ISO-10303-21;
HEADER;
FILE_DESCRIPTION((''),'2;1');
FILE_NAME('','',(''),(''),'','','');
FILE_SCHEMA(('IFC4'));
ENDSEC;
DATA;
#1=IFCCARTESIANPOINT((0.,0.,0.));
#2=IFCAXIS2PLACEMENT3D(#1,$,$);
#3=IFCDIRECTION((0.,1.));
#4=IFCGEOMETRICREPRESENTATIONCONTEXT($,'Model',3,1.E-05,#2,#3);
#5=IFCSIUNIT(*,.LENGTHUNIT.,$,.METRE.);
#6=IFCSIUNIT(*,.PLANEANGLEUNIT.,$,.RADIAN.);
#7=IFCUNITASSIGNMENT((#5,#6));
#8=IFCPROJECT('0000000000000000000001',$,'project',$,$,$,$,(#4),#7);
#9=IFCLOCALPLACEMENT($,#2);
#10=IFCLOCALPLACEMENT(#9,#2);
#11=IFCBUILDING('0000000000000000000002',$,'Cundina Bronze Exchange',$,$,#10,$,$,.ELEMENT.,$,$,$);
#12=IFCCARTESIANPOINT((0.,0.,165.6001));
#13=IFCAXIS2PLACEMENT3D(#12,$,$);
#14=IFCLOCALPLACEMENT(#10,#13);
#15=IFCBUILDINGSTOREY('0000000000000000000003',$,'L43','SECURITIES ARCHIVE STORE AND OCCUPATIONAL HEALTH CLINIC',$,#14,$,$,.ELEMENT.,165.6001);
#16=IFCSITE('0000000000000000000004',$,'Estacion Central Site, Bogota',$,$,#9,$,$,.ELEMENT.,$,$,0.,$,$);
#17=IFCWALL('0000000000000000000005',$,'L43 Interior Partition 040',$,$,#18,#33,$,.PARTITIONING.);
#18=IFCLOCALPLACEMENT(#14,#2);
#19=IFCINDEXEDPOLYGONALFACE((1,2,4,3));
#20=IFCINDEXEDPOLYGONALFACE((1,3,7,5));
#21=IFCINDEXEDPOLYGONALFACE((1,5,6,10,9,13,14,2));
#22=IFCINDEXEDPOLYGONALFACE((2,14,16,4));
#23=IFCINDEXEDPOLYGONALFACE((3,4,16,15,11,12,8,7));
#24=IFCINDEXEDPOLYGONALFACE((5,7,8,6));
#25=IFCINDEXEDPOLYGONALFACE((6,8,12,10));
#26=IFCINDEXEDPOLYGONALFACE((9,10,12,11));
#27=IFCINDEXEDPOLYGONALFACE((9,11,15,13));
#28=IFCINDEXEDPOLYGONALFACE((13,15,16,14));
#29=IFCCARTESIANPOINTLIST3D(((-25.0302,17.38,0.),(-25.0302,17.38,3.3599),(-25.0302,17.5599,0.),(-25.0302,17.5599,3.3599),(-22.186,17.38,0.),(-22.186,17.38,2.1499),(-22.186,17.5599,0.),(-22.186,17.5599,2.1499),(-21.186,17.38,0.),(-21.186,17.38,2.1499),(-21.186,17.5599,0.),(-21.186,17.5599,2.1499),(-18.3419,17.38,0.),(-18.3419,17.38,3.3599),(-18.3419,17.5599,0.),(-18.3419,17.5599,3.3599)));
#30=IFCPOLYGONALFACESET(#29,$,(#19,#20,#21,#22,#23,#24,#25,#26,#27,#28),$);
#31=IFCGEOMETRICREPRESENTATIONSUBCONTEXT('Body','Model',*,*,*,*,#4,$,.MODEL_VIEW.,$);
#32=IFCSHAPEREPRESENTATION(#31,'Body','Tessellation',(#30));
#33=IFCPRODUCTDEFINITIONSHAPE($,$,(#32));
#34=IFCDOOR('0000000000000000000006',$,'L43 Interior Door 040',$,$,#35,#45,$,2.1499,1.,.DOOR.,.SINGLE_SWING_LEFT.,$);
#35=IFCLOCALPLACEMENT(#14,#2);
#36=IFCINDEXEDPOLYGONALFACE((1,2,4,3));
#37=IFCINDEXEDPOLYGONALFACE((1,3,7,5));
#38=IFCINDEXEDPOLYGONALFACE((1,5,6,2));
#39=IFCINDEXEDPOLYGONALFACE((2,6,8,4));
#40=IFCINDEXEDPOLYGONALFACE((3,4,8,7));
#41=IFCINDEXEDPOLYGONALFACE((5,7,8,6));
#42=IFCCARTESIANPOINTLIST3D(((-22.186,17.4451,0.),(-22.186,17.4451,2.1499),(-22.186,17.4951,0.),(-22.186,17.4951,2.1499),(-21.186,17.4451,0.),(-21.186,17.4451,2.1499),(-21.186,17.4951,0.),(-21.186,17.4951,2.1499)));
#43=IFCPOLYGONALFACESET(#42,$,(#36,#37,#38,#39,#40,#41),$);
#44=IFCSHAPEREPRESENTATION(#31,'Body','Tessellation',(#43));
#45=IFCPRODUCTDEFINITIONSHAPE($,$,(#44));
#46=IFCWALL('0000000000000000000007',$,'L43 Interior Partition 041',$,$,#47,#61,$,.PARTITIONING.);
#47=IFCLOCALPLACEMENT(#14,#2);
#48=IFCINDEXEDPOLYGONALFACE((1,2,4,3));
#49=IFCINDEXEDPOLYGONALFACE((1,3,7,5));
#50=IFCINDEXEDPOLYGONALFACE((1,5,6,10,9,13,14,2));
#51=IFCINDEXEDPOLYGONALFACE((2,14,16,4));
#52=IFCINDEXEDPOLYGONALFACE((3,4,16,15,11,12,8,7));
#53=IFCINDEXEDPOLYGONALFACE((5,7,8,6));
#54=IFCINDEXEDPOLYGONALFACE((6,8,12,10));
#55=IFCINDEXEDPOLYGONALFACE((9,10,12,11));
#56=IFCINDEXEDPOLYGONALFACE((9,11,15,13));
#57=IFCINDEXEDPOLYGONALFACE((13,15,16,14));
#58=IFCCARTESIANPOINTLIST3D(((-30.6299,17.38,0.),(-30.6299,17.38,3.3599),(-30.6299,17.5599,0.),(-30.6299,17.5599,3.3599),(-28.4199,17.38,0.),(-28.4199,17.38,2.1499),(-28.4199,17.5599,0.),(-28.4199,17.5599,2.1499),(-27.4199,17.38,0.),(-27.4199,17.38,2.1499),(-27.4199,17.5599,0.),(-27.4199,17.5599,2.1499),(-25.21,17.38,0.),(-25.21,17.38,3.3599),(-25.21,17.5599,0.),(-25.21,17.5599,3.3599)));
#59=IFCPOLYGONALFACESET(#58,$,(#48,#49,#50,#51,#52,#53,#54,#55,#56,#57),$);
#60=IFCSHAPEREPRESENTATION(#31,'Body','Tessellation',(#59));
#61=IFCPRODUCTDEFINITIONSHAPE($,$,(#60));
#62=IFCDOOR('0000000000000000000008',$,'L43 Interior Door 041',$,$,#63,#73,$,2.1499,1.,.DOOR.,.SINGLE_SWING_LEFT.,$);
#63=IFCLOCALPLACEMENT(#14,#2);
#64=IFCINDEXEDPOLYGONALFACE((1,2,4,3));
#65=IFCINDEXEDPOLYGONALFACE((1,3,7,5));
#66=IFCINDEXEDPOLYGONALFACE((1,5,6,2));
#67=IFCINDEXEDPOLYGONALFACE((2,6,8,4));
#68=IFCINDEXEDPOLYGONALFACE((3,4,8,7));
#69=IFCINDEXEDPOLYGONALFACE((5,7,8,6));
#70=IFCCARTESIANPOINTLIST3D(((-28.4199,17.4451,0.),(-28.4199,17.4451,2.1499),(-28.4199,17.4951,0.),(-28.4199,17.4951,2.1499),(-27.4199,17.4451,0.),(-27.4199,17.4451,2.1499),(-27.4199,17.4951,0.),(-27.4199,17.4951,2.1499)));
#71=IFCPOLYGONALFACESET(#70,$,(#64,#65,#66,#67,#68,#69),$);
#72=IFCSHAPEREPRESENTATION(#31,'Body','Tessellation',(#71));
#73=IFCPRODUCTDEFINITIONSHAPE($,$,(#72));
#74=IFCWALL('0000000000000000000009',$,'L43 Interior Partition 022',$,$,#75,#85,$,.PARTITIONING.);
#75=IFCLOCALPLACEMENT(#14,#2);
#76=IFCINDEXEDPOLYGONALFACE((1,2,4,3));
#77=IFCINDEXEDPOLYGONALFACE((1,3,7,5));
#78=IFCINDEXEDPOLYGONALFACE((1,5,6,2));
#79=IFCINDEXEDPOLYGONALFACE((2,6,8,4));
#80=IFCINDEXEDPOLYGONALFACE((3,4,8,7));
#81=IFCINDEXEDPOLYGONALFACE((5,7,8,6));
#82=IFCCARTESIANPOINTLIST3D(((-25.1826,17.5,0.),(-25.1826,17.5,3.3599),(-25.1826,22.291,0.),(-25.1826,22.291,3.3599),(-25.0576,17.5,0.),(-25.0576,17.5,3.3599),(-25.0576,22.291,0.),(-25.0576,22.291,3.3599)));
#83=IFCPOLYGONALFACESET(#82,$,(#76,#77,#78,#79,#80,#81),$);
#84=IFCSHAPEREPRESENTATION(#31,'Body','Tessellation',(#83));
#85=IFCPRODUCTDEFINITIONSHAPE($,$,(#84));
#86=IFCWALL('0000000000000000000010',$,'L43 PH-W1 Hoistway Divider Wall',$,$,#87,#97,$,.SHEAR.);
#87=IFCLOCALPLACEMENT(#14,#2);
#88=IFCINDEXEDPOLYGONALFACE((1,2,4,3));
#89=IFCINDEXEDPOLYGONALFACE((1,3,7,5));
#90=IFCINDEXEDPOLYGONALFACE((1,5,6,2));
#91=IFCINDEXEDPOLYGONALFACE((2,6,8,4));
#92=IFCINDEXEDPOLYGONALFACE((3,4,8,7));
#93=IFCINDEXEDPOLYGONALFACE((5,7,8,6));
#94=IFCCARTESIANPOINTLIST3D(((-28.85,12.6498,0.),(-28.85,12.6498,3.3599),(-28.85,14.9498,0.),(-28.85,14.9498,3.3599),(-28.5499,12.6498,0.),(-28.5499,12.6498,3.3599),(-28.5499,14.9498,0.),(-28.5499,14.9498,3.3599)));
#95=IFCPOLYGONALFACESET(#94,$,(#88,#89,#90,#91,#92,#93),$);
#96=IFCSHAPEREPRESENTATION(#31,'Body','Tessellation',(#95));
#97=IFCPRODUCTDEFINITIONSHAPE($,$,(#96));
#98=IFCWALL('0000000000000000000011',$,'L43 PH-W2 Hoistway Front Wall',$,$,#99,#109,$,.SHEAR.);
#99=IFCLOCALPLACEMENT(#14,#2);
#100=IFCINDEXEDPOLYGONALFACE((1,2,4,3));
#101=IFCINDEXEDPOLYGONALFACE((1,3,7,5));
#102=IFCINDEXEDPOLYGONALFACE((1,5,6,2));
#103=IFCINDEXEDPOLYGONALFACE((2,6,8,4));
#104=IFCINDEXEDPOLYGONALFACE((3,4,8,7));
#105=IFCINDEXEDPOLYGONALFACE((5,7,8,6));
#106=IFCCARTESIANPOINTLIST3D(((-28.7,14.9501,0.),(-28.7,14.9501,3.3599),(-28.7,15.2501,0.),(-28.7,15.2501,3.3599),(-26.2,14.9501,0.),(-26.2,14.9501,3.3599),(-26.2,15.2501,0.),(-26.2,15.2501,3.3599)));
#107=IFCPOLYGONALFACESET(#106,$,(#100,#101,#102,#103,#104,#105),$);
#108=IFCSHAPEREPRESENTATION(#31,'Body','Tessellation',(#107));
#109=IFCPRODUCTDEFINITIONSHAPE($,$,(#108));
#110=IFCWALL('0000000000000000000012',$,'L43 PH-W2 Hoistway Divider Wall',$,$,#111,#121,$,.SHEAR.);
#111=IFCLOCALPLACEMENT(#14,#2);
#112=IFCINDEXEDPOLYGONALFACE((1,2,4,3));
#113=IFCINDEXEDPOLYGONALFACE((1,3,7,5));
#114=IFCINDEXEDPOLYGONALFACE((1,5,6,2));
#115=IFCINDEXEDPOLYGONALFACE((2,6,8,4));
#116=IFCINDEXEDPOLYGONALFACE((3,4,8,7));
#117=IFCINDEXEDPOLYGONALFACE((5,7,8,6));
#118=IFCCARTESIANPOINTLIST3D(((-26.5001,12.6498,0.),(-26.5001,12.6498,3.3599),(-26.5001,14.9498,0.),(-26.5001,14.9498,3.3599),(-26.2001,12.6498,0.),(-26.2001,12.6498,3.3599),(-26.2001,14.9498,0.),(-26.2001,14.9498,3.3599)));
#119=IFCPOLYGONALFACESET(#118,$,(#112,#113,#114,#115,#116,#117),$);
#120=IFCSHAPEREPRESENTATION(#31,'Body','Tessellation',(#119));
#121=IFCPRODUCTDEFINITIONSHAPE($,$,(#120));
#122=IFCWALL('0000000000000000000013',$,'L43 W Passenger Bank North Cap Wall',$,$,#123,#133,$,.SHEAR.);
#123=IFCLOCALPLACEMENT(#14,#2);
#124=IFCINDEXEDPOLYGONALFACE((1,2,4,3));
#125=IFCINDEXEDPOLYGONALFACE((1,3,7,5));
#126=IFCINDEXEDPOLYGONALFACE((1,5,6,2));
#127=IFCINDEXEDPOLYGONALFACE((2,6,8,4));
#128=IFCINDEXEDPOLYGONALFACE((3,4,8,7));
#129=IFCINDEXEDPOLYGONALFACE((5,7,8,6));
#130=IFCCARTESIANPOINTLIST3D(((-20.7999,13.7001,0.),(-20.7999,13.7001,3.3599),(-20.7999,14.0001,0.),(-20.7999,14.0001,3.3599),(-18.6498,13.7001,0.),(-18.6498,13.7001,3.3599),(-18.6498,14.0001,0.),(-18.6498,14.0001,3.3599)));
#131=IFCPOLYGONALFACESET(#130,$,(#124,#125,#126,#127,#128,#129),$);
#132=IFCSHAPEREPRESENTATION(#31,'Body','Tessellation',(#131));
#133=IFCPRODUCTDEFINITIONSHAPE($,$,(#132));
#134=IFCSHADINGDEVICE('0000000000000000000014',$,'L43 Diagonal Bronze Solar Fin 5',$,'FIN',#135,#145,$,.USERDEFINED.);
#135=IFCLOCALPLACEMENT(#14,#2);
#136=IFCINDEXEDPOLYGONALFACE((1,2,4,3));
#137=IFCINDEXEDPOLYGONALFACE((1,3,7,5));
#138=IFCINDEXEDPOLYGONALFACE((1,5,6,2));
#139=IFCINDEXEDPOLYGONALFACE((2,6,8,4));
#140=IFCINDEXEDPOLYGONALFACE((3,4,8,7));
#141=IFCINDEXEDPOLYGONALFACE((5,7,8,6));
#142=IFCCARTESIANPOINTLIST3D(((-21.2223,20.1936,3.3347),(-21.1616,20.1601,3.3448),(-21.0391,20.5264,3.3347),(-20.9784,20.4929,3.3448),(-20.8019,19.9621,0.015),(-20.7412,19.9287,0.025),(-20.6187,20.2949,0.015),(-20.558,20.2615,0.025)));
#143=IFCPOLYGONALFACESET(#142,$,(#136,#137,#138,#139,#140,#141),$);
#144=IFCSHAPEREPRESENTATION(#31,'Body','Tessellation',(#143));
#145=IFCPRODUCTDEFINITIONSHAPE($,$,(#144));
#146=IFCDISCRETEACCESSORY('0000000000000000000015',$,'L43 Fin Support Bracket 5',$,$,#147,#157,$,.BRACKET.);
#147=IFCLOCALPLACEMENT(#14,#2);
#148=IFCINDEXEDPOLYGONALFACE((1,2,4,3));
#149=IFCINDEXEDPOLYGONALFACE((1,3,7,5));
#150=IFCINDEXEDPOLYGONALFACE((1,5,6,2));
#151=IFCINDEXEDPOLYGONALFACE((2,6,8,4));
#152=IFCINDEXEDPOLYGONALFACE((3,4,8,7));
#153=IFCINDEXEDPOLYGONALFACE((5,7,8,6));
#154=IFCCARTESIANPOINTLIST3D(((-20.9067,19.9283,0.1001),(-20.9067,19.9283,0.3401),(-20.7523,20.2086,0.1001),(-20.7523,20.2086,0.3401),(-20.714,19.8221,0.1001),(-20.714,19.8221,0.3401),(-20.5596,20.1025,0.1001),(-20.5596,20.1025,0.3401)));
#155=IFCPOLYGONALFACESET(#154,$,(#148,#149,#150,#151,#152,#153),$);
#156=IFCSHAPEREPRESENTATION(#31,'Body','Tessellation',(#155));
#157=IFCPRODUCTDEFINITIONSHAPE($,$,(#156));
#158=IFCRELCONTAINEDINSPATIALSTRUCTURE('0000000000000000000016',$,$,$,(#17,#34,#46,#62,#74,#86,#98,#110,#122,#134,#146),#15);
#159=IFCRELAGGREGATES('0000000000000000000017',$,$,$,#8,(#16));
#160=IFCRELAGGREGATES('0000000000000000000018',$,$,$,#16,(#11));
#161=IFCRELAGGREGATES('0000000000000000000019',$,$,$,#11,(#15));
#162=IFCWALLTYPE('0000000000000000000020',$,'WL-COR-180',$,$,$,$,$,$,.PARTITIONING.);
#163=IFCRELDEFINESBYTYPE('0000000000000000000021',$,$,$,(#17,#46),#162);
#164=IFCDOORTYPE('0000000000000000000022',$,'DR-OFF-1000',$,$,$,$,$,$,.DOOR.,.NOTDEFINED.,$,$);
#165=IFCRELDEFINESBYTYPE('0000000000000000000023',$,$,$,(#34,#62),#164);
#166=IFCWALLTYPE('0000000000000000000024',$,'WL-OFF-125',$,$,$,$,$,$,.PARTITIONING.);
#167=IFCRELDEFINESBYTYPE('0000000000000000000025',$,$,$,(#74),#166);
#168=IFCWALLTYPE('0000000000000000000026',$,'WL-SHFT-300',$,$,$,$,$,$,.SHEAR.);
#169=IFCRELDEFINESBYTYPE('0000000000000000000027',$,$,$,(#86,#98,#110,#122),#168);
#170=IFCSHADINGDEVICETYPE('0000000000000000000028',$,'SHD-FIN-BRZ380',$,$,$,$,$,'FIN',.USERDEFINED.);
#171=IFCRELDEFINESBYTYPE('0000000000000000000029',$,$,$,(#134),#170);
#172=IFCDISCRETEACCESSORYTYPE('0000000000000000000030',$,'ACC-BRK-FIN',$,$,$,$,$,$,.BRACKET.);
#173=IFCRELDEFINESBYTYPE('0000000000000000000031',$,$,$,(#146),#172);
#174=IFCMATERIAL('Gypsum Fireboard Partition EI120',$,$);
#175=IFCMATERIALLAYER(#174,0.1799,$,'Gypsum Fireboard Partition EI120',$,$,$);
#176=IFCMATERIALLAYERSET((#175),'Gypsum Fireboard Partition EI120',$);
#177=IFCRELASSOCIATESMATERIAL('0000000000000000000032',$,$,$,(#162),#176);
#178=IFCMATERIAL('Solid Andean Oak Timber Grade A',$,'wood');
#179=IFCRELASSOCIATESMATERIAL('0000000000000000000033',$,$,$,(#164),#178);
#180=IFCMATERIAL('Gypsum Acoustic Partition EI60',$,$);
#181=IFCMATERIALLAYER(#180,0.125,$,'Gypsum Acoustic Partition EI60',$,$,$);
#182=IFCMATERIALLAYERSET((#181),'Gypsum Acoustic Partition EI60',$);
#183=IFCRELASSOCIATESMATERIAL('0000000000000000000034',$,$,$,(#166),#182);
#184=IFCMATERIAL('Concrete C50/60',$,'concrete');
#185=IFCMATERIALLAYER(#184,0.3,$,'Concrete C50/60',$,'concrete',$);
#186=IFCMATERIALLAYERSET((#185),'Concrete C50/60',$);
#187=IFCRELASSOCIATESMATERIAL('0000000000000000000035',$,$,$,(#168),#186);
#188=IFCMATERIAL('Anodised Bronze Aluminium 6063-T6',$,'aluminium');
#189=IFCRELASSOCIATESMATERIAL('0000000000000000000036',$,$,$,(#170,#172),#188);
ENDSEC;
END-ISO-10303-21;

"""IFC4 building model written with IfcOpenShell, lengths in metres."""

from ifc_helpers import new_model, si_unit, direction, frame, frame_2d, origin, origin_2d, place, context, subcontext, project, spatial, rectangle, extrude, material, layer, layer_set, material_profile, profile_set, type_object, element, fill, save


model = new_model("IFC4")

# Units and contexts
model_context = context("Model", 3, precision=1e-05, world=origin(), true_north=direction((0.0, 1.0)))
body_context = subcontext(model_context, "Body", "Model", "MODEL_VIEW")
ifc_project = project(units=[si_unit("LENGTHUNIT", "METRE"), si_unit("PLANEANGLEUNIT", "RADIAN")], contexts=[model_context])

# Site, building, storey
site_placement = place(None, origin())
site = spatial("IfcSite", under=ifc_project, at=site_placement, Name="Estacion Central Site, Bogota", CompositionType="ELEMENT", RefElevation=0.0)
building_placement = place(site_placement, origin())
building = spatial("IfcBuilding", under=site, at=building_placement, Name="Cundina Bronze Exchange", CompositionType="ELEMENT")
storey_placement = place(building_placement, frame((0.0, 0.0, 165.6001)))
storey = spatial("IfcBuildingStorey", under=building, at=storey_placement, Name="L43", Description="SECURITIES ARCHIVE STORE AND OCCUPATIONAL HEALTH CLINIC", CompositionType="ELEMENT", Elevation=165.6001)

# Shared definitions
ifc_material_1 = material(Name="Concrete C50/60", Category="concrete")

# Shared definitions
ifc_material_2 = material(Name="Anodised Bronze Aluminium 6063-T6", Category="aluminium")

# Shared definitions
ifc_material_3 = material(Name="Gypsum Fireboard Partition EI120")
ifc_layer_1 = layer(ifc_material_3, 0.1799, Name="Gypsum Fireboard Partition EI120")
ifc_layer_set_1 = layer_set([ifc_layer_1], Name="Gypsum Fireboard Partition EI120")
wall_type_1 = type_object("IfcWallType", Name="WL-COR-180", PredefinedType="PARTITIONING", material=ifc_layer_set_1)
ifc_material_4 = material(Name="Solid Andean Oak Timber Grade A", Category="wood")

# Walls, openings, doors
wall_1_placement = place(storey_placement, frame((-18.3418, 17.47, 0.0), z_axis=(0.0, 0.0, 1.0), x_axis=(-1.0, 0.0, 0.0)))
wall_1 = element("IfcWall", 1, at=wall_1_placement, inside=storey, type_object=wall_type_1, Name="L43 Interior Partition 040", PredefinedType="PARTITIONING", context=body_context, shape_type="SweptSolid", body=[
    extrude(rectangle(XDim=6.6882, YDim=0.1799, at=frame_2d((3.3442, 0.0))), origin(), (0.0, 0.0, 1.0), 3.3599),
])
opening_1_placement = place(wall_1_placement, frame((2.8442, 0.0, 0.0)))
opening_1 = element("IfcOpeningElement", 2, at=opening_1_placement, cuts=wall_1, PredefinedType="OPENING", context=body_context, shape_type="SweptSolid", body=[
    extrude(rectangle(XDim=1.0, YDim=2.1499, at=frame_2d((0.5, 1.075))), frame((0.0, 0.0999, 0.0), z_axis=(0.0, -1.0, 0.0), x_axis=(1.0, 0.0, 0.0)), (0.0, 0.0, 1.0), 0.2),
])
door_type_1 = type_object("IfcDoorType", Name="DR-OFF-1000", OperationType="NOTDEFINED", PredefinedType="DOOR", material=ifc_material_4)
door_1_placement = place(opening_1_placement, origin())
door_1 = element("IfcDoor", 3, at=door_1_placement, inside=storey, type_object=door_type_1, Name="L43 Interior Door 040", OperationType="SINGLE_SWING_LEFT", OverallHeight=2.1499, OverallWidth=1.0, PredefinedType="DOOR", context=body_context, shape_type="SweptSolid", body=[
    extrude(rectangle(XDim=1.0, YDim=2.1499, at=frame_2d((0.5, 1.075))), frame((0.0, 0.0249, 0.0), z_axis=(0.0, -1.0, 0.0), x_axis=(1.0, 0.0, 0.0)), (0.0, 0.0, 1.0), 0.05),
])
fill(opening_1, door_1)
wall_2_placement = place(storey_placement, frame((-25.21, 17.47, 0.0), z_axis=(0.0, 0.0, 1.0), x_axis=(-1.0, 0.0, 0.0)))
wall_2 = element("IfcWall", 4, at=wall_2_placement, inside=storey, type_object=wall_type_1, Name="L43 Interior Partition 041", PredefinedType="PARTITIONING", context=body_context, shape_type="SweptSolid", body=[
    extrude(rectangle(XDim=5.4199, YDim=0.1799, at=frame_2d((2.71, 0.0))), origin(), (0.0, 0.0, 1.0), 3.3599),
])
opening_2_placement = place(wall_2_placement, frame((2.21, 0.0, 0.0)))
opening_2 = element("IfcOpeningElement", 5, at=opening_2_placement, cuts=wall_2, PredefinedType="OPENING", context=body_context, shape_type="SweptSolid", body=[
    extrude(rectangle(XDim=1.0, YDim=2.1499, at=frame_2d((0.5, 1.075))), frame((0.0, 0.0999, 0.0), z_axis=(0.0, -1.0, 0.0), x_axis=(1.0, 0.0, 0.0)), (0.0, 0.0, 1.0), 0.2),
])
door_2_placement = place(opening_2_placement, origin())
door_2 = element("IfcDoor", 6, at=door_2_placement, inside=storey, type_object=door_type_1, Name="L43 Interior Door 041", OperationType="SINGLE_SWING_LEFT", OverallHeight=2.1499, OverallWidth=1.0, PredefinedType="DOOR", context=body_context, shape_type="SweptSolid", body=[
    extrude(rectangle(XDim=1.0, YDim=2.1499, at=frame_2d((0.5, 1.075))), frame((0.0, 0.0249, 0.0), z_axis=(0.0, -1.0, 0.0), x_axis=(1.0, 0.0, 0.0)), (0.0, 0.0, 1.0), 0.05),
])
fill(opening_2, door_2)

# Walls
ifc_material_5 = material(Name="Gypsum Acoustic Partition EI60")
ifc_layer_2 = layer(ifc_material_5, 0.125, Name="Gypsum Acoustic Partition EI60")
ifc_layer_set_2 = layer_set([ifc_layer_2], Name="Gypsum Acoustic Partition EI60")
wall_type_2 = type_object("IfcWallType", Name="WL-OFF-125", PredefinedType="PARTITIONING", material=ifc_layer_set_2)
wall_3_placement = place(storey_placement, frame((-25.1201, 17.5, 0.0), z_axis=(0.0, 0.0, 1.0), x_axis=(0.0, 1.0, 0.0)))
element("IfcWall", 7, at=wall_3_placement, inside=storey, type_object=wall_type_2, Name="L43 Interior Partition 022", PredefinedType="PARTITIONING", context=body_context, shape_type="SweptSolid", body=[
    extrude(rectangle(XDim=4.791, YDim=0.125, at=frame_2d((2.3955, 0.0))), origin(), (0.0, 0.0, 1.0), 3.3599),
])
ifc_layer_3 = layer(ifc_material_1, 0.3, Name="Concrete C50/60", Category="concrete")
ifc_layer_set_3 = layer_set([ifc_layer_3], Name="Concrete C50/60")
wall_type_3 = type_object("IfcWallType", Name="WL-SHFT-300", PredefinedType="SHEAR", material=ifc_layer_set_3)
wall_4_placement = place(storey_placement, frame((-28.7, 12.6499, 0.0), z_axis=(0.0, 0.0, 1.0), x_axis=(0.0, 1.0, 0.0)))
element("IfcWall", 8, at=wall_4_placement, inside=storey, type_object=wall_type_3, Name="L43 PH-W1 Hoistway Divider Wall", PredefinedType="SHEAR", context=body_context, shape_type="SweptSolid", body=[
    extrude(rectangle(XDim=2.3, YDim=0.3, at=frame_2d((1.1499, 0.0))), origin(), (0.0, 0.0, 1.0), 3.3599),
])
wall_5_placement = place(storey_placement, frame((-28.7, 15.1001, 0.0), z_axis=(0.0, 0.0, 1.0), x_axis=(1.0, 0.0, 0.0)))
element("IfcWall", 9, at=wall_5_placement, inside=storey, type_object=wall_type_3, Name="L43 PH-W2 Hoistway Front Wall", PredefinedType="SHEAR", context=body_context, shape_type="SweptSolid", body=[
    extrude(rectangle(XDim=2.5, YDim=0.3, at=frame_2d((1.25, 0.0))), origin(), (0.0, 0.0, 1.0), 3.3599),
])
wall_6_placement = place(storey_placement, frame((-26.3501, 12.6499, 0.0), z_axis=(0.0, 0.0, 1.0), x_axis=(0.0, 1.0, 0.0)))
element("IfcWall", 10, at=wall_6_placement, inside=storey, type_object=wall_type_3, Name="L43 PH-W2 Hoistway Divider Wall", PredefinedType="SHEAR", context=body_context, shape_type="SweptSolid", body=[
    extrude(rectangle(XDim=2.3, YDim=0.3, at=frame_2d((1.1499, 0.0))), origin(), (0.0, 0.0, 1.0), 3.3599),
])
wall_7_placement = place(storey_placement, frame((-20.8, 13.8501, 0.0), z_axis=(0.0, 0.0, 1.0), x_axis=(1.0, 0.0, 0.0)))
element("IfcWall", 11, at=wall_7_placement, inside=storey, type_object=wall_type_3, Name="L43 W Passenger Bank North Cap Wall", PredefinedType="SHEAR", context=body_context, shape_type="SweptSolid", body=[
    extrude(rectangle(XDim=2.1501, YDim=0.3, at=frame_2d((1.0752, 0.0))), origin(), (0.0, 0.0, 1.0), 3.3599),
])

# Shading device
ifc_material_profile_1 = material_profile(ifc_material_2, rectangle(XDim=0.0701, YDim=0.3799, at=origin_2d()), Name="FIN70X380", Category="aluminium")
ifc_profile_set_1 = profile_set([ifc_material_profile_1], Name="Anodised Bronze Aluminium 6063-T6")
shading_device_type = type_object("IfcShadingDeviceType", Name="SHD-FIN-BRZ380", ElementType="FIN", PredefinedType="USERDEFINED", material=ifc_profile_set_1)
shading_device_placement = place(storey_placement, frame((-20.6799, 20.1118, 0.02), z_axis=(-0.125333, 0.068999, 0.989712), x_axis=(0.86701, -0.477309, 0.143071)))
element("IfcShadingDevice", 12, at=shading_device_placement, inside=storey, type_object=shading_device_type, Name="L43 Diagonal Bronze Solar Fin 5", ObjectType="FIN", PredefinedType="USERDEFINED", context=body_context, shape_type="SweptSolid", body=[
    extrude(rectangle(XDim=0.0701, YDim=0.3799, at=origin_2d()), origin(), (0.0, 0.0, 1.0), 3.3542),
])

# Discrete accessory
discrete_accessory_type = type_object("IfcDiscreteAccessoryType", Name="ACC-BRK-FIN", PredefinedType="BRACKET", material=ifc_material_2)
discrete_accessory_placement = place(storey_placement, frame((-20.7332, 20.0154, 0.1001), z_axis=(0.0, 0.0, 1.0), x_axis=(-0.875869, 0.482549, 0.0)))
element("IfcDiscreteAccessory", 13, at=discrete_accessory_placement, inside=storey, type_object=discrete_accessory_type, Name="L43 Fin Support Bracket 5", PredefinedType="BRACKET", context=body_context, shape_type="SweptSolid", body=[
    extrude(rectangle(XDim=0.22, YDim=0.3201, at=origin_2d()), origin(), (0.0, 0.0, 1.0), 0.24),
])

save(model, "model.ifc")
